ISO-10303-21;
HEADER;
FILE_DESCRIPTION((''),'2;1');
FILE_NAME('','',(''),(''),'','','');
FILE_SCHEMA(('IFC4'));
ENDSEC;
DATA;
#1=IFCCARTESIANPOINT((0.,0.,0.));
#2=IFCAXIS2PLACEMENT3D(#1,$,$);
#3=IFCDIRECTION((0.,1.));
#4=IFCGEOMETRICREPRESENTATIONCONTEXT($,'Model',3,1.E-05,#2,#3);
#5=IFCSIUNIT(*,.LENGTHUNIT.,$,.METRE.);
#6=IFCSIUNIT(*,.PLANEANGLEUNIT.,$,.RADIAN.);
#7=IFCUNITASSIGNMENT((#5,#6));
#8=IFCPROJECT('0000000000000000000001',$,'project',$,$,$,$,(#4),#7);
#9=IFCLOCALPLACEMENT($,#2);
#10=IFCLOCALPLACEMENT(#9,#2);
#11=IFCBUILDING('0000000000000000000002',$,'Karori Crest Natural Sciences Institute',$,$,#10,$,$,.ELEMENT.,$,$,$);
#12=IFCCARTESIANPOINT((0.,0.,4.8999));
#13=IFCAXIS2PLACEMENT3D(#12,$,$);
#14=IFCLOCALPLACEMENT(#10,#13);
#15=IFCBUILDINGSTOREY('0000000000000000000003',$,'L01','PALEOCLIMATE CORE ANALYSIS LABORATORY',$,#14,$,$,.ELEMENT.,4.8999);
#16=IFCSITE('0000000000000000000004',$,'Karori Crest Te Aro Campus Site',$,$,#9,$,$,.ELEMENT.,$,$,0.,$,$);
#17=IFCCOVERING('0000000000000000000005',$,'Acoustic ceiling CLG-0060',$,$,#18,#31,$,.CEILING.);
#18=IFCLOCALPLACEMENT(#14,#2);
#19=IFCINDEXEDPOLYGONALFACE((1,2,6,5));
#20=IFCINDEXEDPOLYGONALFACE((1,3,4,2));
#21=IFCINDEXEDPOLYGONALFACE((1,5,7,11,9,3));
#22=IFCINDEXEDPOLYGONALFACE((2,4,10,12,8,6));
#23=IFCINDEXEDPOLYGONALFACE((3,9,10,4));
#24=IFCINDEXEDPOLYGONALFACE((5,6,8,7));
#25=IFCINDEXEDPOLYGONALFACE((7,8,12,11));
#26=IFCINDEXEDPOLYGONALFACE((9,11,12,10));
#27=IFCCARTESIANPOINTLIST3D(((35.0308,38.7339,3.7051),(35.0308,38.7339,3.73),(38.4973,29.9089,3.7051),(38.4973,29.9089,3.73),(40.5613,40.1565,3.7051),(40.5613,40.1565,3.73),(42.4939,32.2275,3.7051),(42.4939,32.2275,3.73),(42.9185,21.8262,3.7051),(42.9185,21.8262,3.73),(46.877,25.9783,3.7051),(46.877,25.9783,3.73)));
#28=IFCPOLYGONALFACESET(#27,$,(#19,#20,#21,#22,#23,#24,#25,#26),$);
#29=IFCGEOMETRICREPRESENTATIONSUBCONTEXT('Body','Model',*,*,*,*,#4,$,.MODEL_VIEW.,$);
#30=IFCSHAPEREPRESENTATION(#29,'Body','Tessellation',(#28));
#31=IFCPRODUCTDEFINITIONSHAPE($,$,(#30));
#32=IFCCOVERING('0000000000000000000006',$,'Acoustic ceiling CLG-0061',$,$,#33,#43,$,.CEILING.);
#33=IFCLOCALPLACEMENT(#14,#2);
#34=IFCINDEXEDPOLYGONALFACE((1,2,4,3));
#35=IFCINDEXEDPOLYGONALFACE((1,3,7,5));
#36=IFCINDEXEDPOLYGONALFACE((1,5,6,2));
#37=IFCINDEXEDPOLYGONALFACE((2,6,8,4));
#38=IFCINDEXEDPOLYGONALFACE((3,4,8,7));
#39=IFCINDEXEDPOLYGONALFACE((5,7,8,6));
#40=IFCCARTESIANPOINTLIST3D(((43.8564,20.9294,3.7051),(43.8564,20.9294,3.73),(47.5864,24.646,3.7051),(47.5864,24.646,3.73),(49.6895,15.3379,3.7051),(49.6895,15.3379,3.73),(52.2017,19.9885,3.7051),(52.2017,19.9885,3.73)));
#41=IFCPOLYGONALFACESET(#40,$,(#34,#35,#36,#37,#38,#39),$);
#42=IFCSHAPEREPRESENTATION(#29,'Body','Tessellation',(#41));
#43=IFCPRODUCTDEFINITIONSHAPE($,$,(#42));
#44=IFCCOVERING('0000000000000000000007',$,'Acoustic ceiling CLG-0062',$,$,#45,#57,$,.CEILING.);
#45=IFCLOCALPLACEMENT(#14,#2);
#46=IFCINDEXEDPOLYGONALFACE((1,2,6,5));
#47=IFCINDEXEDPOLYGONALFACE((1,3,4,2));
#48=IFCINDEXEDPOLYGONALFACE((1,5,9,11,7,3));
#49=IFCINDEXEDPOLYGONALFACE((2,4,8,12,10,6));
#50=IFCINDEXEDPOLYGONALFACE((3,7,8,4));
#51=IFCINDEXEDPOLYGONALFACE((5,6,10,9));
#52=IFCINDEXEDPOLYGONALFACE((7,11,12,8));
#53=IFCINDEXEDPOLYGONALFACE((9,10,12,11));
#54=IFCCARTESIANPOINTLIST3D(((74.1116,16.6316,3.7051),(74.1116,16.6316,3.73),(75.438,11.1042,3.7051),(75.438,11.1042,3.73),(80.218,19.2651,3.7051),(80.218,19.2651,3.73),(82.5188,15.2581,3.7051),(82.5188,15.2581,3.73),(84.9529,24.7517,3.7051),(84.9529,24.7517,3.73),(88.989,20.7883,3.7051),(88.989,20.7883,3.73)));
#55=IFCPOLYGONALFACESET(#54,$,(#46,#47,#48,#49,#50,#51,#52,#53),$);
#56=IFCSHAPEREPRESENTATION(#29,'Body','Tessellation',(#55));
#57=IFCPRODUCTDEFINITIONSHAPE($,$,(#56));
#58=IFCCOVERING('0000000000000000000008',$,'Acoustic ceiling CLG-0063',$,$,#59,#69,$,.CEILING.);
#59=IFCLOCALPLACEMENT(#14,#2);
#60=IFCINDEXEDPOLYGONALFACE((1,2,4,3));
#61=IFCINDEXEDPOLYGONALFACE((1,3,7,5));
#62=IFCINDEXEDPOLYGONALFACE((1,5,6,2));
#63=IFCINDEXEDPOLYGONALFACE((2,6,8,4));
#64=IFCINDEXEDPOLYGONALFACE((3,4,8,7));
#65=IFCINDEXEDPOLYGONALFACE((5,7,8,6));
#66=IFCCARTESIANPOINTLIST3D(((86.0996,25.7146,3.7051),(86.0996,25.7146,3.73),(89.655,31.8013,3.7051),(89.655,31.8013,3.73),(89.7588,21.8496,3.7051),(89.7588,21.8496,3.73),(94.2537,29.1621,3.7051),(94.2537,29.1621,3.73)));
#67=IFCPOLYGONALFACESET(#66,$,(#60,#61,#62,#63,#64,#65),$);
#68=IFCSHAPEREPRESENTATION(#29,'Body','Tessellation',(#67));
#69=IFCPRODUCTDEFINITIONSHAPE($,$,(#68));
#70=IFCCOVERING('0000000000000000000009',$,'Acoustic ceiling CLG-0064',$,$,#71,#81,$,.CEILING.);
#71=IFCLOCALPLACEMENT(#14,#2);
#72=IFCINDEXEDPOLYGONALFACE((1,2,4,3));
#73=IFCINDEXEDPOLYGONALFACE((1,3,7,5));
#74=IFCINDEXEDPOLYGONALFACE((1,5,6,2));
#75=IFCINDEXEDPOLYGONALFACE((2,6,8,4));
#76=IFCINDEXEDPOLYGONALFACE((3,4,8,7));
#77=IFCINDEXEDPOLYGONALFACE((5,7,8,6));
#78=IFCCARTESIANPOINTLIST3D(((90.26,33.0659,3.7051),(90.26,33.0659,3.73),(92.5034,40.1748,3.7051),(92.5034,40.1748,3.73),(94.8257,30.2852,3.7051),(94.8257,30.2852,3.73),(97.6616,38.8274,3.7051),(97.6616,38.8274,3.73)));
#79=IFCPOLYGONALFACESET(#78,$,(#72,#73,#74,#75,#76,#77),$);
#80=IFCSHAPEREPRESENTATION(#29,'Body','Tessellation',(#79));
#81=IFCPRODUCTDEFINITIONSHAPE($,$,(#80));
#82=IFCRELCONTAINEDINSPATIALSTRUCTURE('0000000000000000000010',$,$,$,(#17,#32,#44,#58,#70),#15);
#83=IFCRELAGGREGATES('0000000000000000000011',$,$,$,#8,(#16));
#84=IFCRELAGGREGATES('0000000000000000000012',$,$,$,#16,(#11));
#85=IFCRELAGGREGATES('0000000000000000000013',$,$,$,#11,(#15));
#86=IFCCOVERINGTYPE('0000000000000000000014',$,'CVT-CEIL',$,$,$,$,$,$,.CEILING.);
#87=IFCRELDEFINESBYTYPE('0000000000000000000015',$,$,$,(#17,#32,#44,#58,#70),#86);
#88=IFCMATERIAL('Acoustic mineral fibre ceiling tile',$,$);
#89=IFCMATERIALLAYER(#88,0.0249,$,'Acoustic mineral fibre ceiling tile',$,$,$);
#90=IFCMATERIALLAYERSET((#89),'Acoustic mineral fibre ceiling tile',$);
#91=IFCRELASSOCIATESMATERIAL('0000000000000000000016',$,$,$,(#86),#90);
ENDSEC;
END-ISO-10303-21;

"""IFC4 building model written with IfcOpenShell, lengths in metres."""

from ifc_helpers import new_model, si_unit, direction, frame, origin, place, context, subcontext, project, spatial, polyline, outline, extrude, material, layer, layer_set, type_object, element, save


model = new_model("IFC4")

# Units and contexts
model_context = context("Model", 3, precision=1e-05, world=origin(), true_north=direction((0.0, 1.0)))
body_context = subcontext(model_context, "Body", "Model", "MODEL_VIEW")
ifc_project = project(units=[si_unit("LENGTHUNIT", "METRE"), si_unit("PLANEANGLEUNIT", "RADIAN")], contexts=[model_context])

# Site, building, storey
site_placement = place(None, origin())
site = spatial("IfcSite", under=ifc_project, at=site_placement, Name="Karori Crest Te Aro Campus Site", CompositionType="ELEMENT", RefElevation=0.0)
building_placement = place(site_placement, origin())
building = spatial("IfcBuilding", under=site, at=building_placement, Name="Karori Crest Natural Sciences Institute", CompositionType="ELEMENT")
storey_placement = place(building_placement, frame((0.0, 0.0, 4.8999)))
storey = spatial("IfcBuildingStorey", under=building, at=storey_placement, Name="L01", Description="PALEOCLIMATE CORE ANALYSIS LABORATORY", CompositionType="ELEMENT", Elevation=4.8999)

# Coverings
ifc_material_1 = material(Name="Acoustic mineral fibre ceiling tile")
ifc_layer_1 = layer(ifc_material_1, 0.0249, Name="Acoustic mineral fibre ceiling tile")
ifc_layer_set_1 = layer_set([ifc_layer_1], Name="Acoustic mineral fibre ceiling tile")
covering_type = type_object("IfcCoveringType", Name="CVT-CEIL", PredefinedType="CEILING", material=ifc_layer_set_1)
covering_1_placement = place(storey_placement, frame((0.0, 0.0, 3.7051)))
element("IfcCovering", 1, at=covering_1_placement, inside=storey, type_object=covering_type, Name="Acoustic ceiling CLG-0060", PredefinedType="CEILING", context=body_context, shape_type="SweptSolid", body=[
    extrude(outline(polyline([(42.4939, 32.2275), (40.5613, 40.1565), (35.0308, 38.7339), (38.4973, 29.9089), (42.9185, 21.8262), (46.877, 25.9783), (42.4939, 32.2275)])), origin(), (0.0, 0.0, 1.0), 0.0249),
])
covering_2_placement = place(storey_placement, frame((0.0, 0.0, 3.7051)))
element("IfcCovering", 2, at=covering_2_placement, inside=storey, type_object=covering_type, Name="Acoustic ceiling CLG-0061", PredefinedType="CEILING", context=body_context, shape_type="SweptSolid", body=[
    extrude(outline(polyline([(52.2017, 19.9885), (47.5864, 24.646), (43.8564, 20.9294), (49.6895, 15.3379), (52.2017, 19.9885)])), origin(), (0.0, 0.0, 1.0), 0.0249),
])
covering_3_placement = place(storey_placement, frame((0.0, 0.0, 3.7051)))
element("IfcCovering", 3, at=covering_3_placement, inside=storey, type_object=covering_type, Name="Acoustic ceiling CLG-0062", PredefinedType="CEILING", context=body_context, shape_type="SweptSolid", body=[
    extrude(outline(polyline([(80.218, 19.2651), (74.1116, 16.6316), (75.438, 11.1042), (82.5188, 15.2581), (88.989, 20.7883), (84.9529, 24.7517), (80.218, 19.2651)])), origin(), (0.0, 0.0, 1.0), 0.0249),
])
covering_4_placement = place(storey_placement, frame((0.0, 0.0, 3.7051)))
element("IfcCovering", 4, at=covering_4_placement, inside=storey, type_object=covering_type, Name="Acoustic ceiling CLG-0063", PredefinedType="CEILING", context=body_context, shape_type="SweptSolid", body=[
    extrude(outline(polyline([(89.655, 31.8013), (86.0996, 25.7146), (89.7588, 21.8496), (94.2537, 29.1621), (89.655, 31.8013)])), origin(), (0.0, 0.0, 1.0), 0.0249),
])
covering_5_placement = place(storey_placement, frame((0.0, 0.0, 3.7051)))
element("IfcCovering", 5, at=covering_5_placement, inside=storey, type_object=covering_type, Name="Acoustic ceiling CLG-0064", PredefinedType="CEILING", context=body_context, shape_type="SweptSolid", body=[
    extrude(outline(polyline([(92.5034, 40.1748), (90.26, 33.0659), (94.8257, 30.2852), (97.6616, 38.8274), (92.5034, 40.1748)])), origin(), (0.0, 0.0, 1.0), 0.0249),
])

save(model, "model.ifc")
